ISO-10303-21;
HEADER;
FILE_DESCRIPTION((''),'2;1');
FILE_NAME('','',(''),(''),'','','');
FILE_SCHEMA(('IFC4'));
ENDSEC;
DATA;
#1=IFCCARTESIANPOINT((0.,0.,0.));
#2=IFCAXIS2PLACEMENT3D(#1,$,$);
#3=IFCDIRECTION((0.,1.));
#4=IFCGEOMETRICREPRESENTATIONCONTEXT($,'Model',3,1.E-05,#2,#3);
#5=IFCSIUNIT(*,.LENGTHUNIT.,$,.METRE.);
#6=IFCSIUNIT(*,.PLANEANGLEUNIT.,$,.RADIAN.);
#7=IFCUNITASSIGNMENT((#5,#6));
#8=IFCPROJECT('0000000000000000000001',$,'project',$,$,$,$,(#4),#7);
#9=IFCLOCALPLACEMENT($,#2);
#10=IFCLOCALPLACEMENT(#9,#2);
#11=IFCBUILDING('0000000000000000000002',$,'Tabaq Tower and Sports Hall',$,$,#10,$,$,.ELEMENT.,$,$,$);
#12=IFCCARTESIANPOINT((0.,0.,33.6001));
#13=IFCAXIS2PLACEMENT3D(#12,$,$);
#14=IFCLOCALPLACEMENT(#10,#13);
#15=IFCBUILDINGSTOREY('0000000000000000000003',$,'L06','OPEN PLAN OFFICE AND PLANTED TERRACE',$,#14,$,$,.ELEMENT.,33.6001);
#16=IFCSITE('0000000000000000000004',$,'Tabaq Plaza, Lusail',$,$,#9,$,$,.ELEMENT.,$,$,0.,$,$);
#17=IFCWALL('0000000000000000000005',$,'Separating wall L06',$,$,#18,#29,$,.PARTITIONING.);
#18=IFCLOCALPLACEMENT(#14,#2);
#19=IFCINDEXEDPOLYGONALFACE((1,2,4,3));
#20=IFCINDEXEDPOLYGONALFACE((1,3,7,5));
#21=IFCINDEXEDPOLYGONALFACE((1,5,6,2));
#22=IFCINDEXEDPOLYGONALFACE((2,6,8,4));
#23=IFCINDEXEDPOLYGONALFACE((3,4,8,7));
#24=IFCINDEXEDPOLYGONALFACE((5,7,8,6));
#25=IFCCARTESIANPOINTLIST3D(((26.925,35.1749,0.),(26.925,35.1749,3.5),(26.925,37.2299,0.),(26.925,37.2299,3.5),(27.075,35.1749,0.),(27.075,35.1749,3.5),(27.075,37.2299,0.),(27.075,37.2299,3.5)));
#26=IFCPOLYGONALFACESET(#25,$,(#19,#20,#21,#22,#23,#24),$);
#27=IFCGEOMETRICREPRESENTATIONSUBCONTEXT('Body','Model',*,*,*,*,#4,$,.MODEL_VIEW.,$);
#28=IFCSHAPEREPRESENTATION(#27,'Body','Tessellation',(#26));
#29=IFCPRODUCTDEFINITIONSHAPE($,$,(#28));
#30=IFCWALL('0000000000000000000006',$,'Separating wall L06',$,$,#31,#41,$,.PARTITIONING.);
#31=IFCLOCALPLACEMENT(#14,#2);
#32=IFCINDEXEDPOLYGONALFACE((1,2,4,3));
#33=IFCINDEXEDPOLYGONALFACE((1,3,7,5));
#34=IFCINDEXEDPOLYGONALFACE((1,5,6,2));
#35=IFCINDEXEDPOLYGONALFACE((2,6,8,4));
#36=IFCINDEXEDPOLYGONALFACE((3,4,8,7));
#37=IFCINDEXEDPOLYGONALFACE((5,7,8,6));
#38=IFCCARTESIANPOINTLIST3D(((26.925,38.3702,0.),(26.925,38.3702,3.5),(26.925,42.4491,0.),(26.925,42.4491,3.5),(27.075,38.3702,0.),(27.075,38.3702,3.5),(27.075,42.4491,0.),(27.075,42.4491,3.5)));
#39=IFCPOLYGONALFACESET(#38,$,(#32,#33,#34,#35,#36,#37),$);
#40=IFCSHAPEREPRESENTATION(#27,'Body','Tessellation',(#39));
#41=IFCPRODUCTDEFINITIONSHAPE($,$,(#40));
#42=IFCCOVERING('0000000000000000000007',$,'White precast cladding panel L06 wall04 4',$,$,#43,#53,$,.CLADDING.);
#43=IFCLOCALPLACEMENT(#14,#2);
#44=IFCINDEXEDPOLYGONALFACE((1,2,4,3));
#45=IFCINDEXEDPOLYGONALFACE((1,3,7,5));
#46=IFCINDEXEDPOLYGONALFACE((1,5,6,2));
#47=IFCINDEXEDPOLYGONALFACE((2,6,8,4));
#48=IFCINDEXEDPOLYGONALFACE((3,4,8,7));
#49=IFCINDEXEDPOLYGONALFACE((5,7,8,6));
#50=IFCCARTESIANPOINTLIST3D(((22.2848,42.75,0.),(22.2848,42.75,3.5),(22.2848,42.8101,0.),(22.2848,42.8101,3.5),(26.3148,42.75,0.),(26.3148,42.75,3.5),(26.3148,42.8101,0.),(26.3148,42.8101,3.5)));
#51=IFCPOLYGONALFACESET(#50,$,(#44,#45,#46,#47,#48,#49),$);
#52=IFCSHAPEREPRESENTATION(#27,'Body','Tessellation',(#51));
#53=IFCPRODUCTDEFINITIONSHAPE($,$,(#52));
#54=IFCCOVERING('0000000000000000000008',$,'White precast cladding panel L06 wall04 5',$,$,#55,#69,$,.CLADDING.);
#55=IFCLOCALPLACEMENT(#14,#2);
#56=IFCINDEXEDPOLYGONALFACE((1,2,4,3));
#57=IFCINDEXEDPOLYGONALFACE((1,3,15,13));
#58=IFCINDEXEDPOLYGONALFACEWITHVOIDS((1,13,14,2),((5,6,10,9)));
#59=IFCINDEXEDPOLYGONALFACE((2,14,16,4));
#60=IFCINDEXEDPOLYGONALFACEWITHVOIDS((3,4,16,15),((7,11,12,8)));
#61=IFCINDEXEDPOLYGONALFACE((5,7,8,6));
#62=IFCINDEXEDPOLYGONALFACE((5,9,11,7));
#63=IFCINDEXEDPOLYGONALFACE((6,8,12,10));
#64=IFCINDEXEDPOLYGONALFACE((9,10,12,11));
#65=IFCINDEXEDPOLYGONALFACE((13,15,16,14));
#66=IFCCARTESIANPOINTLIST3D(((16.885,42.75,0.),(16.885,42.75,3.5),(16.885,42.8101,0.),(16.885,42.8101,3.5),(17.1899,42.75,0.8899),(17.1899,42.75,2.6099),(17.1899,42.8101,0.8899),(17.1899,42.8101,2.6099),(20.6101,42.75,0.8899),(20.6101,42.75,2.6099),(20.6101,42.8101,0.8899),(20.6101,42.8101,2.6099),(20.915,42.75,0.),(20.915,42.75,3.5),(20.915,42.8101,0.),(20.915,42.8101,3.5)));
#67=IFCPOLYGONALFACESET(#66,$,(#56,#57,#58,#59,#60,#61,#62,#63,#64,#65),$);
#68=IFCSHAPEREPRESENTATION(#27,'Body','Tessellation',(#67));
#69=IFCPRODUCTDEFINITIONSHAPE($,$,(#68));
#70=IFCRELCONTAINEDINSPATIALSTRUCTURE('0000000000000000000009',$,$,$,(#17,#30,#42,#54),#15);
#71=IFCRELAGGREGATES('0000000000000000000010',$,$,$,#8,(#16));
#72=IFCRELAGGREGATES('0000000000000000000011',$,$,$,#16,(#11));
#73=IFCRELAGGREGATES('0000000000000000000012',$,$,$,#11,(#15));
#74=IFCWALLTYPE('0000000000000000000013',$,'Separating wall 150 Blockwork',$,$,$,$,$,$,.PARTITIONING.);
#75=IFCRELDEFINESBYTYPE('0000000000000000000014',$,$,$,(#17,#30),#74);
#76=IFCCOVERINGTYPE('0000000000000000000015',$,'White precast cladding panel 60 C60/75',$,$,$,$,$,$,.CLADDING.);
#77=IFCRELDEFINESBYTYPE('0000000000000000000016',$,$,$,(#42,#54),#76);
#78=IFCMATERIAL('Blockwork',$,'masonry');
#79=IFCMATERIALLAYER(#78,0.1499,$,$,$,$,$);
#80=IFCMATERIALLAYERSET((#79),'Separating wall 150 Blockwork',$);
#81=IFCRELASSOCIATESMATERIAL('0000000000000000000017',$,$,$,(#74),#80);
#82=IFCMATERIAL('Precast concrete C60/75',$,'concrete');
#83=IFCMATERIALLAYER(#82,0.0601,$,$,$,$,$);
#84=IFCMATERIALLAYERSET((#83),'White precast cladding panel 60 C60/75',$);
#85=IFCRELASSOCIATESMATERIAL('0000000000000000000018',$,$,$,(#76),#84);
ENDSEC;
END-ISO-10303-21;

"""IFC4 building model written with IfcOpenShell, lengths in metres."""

from ifc_helpers import new_model, si_unit, direction, frame, frame_2d, origin, place, context, subcontext, project, spatial, polyline, rectangle, outline, extrude, material, layer, layer_set, type_object, element, save


model = new_model("IFC4")

# Units and contexts
model_context = context("Model", 3, precision=1e-05, world=origin(), true_north=direction((0.0, 1.0)))
body_context = subcontext(model_context, "Body", "Model", "MODEL_VIEW")
ifc_project = project(units=[si_unit("LENGTHUNIT", "METRE"), si_unit("PLANEANGLEUNIT", "RADIAN")], contexts=[model_context])

# Site, building, storey
site_placement = place(None, origin())
site = spatial("IfcSite", under=ifc_project, at=site_placement, Name="Tabaq Plaza, Lusail", CompositionType="ELEMENT", RefElevation=0.0)
building_placement = place(site_placement, origin())
building = spatial("IfcBuilding", under=site, at=building_placement, Name="Tabaq Tower and Sports Hall", CompositionType="ELEMENT")
storey_placement = place(building_placement, frame((0.0, 0.0, 33.6001)))
storey = spatial("IfcBuildingStorey", under=building, at=storey_placement, Name="L06", Description="OPEN PLAN OFFICE AND PLANTED TERRACE", CompositionType="ELEMENT", Elevation=33.6001)

# Walls
ifc_material_1 = material(Name="Blockwork", Category="masonry")
ifc_layer_1 = layer(ifc_material_1, 0.1499)
ifc_layer_set_1 = layer_set([ifc_layer_1], Name="Separating wall 150 Blockwork")
wall_type_1 = type_object("IfcWallType", Name="Separating wall 150 Blockwork", PredefinedType="PARTITIONING", material=ifc_layer_set_1)
wall_1_placement = place(storey_placement, frame((27.0, 35.175, 0.0), z_axis=(0.0, 0.0, 1.0), x_axis=(0.0, 1.0, 0.0)))
element("IfcWall", 1, at=wall_1_placement, inside=storey, type_object=wall_type_1, Name="Separating wall L06", PredefinedType="PARTITIONING", context=body_context, shape_type="SweptSolid", body=[
    extrude(rectangle(XDim=2.0549, YDim=0.1499, at=frame_2d((1.0273, 0.0))), origin(), (0.0, 0.0, 1.0), 3.5),
])
wall_2_placement = place(storey_placement, frame((27.0, 38.3701, 0.0), z_axis=(0.0, 0.0, 1.0), x_axis=(0.0, 1.0, 0.0)))
element("IfcWall", 2, at=wall_2_placement, inside=storey, type_object=wall_type_1, Name="Separating wall L06", PredefinedType="PARTITIONING", context=body_context, shape_type="SweptSolid", body=[
    extrude(rectangle(XDim=4.0789, YDim=0.1499, at=frame_2d((2.0396, 0.0))), origin(), (0.0, 0.0, 1.0), 3.5),
])

# Coverings
ifc_material_2 = material(Name="Precast concrete C60/75", Category="concrete")
ifc_layer_2 = layer(ifc_material_2, 0.0601)
ifc_layer_set_2 = layer_set([ifc_layer_2], Name="White precast cladding panel 60 C60/75")
covering_type = type_object("IfcCoveringType", Name="White precast cladding panel 60 C60/75", PredefinedType="CLADDING", material=ifc_layer_set_2)
covering_1_placement = place(storey_placement, frame((26.3149, 42.78, 0.0), z_axis=(0.0, 0.0, 1.0), x_axis=(-1.0, 0.0, 0.0)))
element("IfcCovering", 3, at=covering_1_placement, inside=storey, type_object=covering_type, Name="White precast cladding panel L06 wall04 4", PredefinedType="CLADDING", context=body_context, shape_type="SweptSolid", body=[
    extrude(rectangle(XDim=4.03, YDim=0.0601, at=frame_2d((2.0151, 0.0))), origin(), (0.0, 0.0, 1.0), 3.5),
])
covering_2_placement = place(storey_placement, frame((20.915, 42.78, 0.0), z_axis=(0.0, 0.0, 1.0), x_axis=(-1.0, 0.0, 0.0)))
element("IfcCovering", 4, at=covering_2_placement, inside=storey, type_object=covering_type, Name="White precast cladding panel L06 wall04 5", PredefinedType="CLADDING", context=body_context, shape_type="SweptSolid", body=[
    extrude(outline(polyline([(0.0, 0.0), (4.03, 0.0), (4.03, 3.5), (0.0, 3.5), (0.0, 0.0)]), holes=[polyline([(0.3049, 0.8899), (0.3049, 2.6099), (3.7251, 2.6099), (3.7251, 0.8899), (0.3049, 0.8899)])]), frame((0.0, 0.03, 0.0), z_axis=(0.0, -1.0, 0.0), x_axis=(1.0, 0.0, 0.0)), (0.0, 0.0, 1.0), 0.0601),
])

save(model, "model.ifc")
